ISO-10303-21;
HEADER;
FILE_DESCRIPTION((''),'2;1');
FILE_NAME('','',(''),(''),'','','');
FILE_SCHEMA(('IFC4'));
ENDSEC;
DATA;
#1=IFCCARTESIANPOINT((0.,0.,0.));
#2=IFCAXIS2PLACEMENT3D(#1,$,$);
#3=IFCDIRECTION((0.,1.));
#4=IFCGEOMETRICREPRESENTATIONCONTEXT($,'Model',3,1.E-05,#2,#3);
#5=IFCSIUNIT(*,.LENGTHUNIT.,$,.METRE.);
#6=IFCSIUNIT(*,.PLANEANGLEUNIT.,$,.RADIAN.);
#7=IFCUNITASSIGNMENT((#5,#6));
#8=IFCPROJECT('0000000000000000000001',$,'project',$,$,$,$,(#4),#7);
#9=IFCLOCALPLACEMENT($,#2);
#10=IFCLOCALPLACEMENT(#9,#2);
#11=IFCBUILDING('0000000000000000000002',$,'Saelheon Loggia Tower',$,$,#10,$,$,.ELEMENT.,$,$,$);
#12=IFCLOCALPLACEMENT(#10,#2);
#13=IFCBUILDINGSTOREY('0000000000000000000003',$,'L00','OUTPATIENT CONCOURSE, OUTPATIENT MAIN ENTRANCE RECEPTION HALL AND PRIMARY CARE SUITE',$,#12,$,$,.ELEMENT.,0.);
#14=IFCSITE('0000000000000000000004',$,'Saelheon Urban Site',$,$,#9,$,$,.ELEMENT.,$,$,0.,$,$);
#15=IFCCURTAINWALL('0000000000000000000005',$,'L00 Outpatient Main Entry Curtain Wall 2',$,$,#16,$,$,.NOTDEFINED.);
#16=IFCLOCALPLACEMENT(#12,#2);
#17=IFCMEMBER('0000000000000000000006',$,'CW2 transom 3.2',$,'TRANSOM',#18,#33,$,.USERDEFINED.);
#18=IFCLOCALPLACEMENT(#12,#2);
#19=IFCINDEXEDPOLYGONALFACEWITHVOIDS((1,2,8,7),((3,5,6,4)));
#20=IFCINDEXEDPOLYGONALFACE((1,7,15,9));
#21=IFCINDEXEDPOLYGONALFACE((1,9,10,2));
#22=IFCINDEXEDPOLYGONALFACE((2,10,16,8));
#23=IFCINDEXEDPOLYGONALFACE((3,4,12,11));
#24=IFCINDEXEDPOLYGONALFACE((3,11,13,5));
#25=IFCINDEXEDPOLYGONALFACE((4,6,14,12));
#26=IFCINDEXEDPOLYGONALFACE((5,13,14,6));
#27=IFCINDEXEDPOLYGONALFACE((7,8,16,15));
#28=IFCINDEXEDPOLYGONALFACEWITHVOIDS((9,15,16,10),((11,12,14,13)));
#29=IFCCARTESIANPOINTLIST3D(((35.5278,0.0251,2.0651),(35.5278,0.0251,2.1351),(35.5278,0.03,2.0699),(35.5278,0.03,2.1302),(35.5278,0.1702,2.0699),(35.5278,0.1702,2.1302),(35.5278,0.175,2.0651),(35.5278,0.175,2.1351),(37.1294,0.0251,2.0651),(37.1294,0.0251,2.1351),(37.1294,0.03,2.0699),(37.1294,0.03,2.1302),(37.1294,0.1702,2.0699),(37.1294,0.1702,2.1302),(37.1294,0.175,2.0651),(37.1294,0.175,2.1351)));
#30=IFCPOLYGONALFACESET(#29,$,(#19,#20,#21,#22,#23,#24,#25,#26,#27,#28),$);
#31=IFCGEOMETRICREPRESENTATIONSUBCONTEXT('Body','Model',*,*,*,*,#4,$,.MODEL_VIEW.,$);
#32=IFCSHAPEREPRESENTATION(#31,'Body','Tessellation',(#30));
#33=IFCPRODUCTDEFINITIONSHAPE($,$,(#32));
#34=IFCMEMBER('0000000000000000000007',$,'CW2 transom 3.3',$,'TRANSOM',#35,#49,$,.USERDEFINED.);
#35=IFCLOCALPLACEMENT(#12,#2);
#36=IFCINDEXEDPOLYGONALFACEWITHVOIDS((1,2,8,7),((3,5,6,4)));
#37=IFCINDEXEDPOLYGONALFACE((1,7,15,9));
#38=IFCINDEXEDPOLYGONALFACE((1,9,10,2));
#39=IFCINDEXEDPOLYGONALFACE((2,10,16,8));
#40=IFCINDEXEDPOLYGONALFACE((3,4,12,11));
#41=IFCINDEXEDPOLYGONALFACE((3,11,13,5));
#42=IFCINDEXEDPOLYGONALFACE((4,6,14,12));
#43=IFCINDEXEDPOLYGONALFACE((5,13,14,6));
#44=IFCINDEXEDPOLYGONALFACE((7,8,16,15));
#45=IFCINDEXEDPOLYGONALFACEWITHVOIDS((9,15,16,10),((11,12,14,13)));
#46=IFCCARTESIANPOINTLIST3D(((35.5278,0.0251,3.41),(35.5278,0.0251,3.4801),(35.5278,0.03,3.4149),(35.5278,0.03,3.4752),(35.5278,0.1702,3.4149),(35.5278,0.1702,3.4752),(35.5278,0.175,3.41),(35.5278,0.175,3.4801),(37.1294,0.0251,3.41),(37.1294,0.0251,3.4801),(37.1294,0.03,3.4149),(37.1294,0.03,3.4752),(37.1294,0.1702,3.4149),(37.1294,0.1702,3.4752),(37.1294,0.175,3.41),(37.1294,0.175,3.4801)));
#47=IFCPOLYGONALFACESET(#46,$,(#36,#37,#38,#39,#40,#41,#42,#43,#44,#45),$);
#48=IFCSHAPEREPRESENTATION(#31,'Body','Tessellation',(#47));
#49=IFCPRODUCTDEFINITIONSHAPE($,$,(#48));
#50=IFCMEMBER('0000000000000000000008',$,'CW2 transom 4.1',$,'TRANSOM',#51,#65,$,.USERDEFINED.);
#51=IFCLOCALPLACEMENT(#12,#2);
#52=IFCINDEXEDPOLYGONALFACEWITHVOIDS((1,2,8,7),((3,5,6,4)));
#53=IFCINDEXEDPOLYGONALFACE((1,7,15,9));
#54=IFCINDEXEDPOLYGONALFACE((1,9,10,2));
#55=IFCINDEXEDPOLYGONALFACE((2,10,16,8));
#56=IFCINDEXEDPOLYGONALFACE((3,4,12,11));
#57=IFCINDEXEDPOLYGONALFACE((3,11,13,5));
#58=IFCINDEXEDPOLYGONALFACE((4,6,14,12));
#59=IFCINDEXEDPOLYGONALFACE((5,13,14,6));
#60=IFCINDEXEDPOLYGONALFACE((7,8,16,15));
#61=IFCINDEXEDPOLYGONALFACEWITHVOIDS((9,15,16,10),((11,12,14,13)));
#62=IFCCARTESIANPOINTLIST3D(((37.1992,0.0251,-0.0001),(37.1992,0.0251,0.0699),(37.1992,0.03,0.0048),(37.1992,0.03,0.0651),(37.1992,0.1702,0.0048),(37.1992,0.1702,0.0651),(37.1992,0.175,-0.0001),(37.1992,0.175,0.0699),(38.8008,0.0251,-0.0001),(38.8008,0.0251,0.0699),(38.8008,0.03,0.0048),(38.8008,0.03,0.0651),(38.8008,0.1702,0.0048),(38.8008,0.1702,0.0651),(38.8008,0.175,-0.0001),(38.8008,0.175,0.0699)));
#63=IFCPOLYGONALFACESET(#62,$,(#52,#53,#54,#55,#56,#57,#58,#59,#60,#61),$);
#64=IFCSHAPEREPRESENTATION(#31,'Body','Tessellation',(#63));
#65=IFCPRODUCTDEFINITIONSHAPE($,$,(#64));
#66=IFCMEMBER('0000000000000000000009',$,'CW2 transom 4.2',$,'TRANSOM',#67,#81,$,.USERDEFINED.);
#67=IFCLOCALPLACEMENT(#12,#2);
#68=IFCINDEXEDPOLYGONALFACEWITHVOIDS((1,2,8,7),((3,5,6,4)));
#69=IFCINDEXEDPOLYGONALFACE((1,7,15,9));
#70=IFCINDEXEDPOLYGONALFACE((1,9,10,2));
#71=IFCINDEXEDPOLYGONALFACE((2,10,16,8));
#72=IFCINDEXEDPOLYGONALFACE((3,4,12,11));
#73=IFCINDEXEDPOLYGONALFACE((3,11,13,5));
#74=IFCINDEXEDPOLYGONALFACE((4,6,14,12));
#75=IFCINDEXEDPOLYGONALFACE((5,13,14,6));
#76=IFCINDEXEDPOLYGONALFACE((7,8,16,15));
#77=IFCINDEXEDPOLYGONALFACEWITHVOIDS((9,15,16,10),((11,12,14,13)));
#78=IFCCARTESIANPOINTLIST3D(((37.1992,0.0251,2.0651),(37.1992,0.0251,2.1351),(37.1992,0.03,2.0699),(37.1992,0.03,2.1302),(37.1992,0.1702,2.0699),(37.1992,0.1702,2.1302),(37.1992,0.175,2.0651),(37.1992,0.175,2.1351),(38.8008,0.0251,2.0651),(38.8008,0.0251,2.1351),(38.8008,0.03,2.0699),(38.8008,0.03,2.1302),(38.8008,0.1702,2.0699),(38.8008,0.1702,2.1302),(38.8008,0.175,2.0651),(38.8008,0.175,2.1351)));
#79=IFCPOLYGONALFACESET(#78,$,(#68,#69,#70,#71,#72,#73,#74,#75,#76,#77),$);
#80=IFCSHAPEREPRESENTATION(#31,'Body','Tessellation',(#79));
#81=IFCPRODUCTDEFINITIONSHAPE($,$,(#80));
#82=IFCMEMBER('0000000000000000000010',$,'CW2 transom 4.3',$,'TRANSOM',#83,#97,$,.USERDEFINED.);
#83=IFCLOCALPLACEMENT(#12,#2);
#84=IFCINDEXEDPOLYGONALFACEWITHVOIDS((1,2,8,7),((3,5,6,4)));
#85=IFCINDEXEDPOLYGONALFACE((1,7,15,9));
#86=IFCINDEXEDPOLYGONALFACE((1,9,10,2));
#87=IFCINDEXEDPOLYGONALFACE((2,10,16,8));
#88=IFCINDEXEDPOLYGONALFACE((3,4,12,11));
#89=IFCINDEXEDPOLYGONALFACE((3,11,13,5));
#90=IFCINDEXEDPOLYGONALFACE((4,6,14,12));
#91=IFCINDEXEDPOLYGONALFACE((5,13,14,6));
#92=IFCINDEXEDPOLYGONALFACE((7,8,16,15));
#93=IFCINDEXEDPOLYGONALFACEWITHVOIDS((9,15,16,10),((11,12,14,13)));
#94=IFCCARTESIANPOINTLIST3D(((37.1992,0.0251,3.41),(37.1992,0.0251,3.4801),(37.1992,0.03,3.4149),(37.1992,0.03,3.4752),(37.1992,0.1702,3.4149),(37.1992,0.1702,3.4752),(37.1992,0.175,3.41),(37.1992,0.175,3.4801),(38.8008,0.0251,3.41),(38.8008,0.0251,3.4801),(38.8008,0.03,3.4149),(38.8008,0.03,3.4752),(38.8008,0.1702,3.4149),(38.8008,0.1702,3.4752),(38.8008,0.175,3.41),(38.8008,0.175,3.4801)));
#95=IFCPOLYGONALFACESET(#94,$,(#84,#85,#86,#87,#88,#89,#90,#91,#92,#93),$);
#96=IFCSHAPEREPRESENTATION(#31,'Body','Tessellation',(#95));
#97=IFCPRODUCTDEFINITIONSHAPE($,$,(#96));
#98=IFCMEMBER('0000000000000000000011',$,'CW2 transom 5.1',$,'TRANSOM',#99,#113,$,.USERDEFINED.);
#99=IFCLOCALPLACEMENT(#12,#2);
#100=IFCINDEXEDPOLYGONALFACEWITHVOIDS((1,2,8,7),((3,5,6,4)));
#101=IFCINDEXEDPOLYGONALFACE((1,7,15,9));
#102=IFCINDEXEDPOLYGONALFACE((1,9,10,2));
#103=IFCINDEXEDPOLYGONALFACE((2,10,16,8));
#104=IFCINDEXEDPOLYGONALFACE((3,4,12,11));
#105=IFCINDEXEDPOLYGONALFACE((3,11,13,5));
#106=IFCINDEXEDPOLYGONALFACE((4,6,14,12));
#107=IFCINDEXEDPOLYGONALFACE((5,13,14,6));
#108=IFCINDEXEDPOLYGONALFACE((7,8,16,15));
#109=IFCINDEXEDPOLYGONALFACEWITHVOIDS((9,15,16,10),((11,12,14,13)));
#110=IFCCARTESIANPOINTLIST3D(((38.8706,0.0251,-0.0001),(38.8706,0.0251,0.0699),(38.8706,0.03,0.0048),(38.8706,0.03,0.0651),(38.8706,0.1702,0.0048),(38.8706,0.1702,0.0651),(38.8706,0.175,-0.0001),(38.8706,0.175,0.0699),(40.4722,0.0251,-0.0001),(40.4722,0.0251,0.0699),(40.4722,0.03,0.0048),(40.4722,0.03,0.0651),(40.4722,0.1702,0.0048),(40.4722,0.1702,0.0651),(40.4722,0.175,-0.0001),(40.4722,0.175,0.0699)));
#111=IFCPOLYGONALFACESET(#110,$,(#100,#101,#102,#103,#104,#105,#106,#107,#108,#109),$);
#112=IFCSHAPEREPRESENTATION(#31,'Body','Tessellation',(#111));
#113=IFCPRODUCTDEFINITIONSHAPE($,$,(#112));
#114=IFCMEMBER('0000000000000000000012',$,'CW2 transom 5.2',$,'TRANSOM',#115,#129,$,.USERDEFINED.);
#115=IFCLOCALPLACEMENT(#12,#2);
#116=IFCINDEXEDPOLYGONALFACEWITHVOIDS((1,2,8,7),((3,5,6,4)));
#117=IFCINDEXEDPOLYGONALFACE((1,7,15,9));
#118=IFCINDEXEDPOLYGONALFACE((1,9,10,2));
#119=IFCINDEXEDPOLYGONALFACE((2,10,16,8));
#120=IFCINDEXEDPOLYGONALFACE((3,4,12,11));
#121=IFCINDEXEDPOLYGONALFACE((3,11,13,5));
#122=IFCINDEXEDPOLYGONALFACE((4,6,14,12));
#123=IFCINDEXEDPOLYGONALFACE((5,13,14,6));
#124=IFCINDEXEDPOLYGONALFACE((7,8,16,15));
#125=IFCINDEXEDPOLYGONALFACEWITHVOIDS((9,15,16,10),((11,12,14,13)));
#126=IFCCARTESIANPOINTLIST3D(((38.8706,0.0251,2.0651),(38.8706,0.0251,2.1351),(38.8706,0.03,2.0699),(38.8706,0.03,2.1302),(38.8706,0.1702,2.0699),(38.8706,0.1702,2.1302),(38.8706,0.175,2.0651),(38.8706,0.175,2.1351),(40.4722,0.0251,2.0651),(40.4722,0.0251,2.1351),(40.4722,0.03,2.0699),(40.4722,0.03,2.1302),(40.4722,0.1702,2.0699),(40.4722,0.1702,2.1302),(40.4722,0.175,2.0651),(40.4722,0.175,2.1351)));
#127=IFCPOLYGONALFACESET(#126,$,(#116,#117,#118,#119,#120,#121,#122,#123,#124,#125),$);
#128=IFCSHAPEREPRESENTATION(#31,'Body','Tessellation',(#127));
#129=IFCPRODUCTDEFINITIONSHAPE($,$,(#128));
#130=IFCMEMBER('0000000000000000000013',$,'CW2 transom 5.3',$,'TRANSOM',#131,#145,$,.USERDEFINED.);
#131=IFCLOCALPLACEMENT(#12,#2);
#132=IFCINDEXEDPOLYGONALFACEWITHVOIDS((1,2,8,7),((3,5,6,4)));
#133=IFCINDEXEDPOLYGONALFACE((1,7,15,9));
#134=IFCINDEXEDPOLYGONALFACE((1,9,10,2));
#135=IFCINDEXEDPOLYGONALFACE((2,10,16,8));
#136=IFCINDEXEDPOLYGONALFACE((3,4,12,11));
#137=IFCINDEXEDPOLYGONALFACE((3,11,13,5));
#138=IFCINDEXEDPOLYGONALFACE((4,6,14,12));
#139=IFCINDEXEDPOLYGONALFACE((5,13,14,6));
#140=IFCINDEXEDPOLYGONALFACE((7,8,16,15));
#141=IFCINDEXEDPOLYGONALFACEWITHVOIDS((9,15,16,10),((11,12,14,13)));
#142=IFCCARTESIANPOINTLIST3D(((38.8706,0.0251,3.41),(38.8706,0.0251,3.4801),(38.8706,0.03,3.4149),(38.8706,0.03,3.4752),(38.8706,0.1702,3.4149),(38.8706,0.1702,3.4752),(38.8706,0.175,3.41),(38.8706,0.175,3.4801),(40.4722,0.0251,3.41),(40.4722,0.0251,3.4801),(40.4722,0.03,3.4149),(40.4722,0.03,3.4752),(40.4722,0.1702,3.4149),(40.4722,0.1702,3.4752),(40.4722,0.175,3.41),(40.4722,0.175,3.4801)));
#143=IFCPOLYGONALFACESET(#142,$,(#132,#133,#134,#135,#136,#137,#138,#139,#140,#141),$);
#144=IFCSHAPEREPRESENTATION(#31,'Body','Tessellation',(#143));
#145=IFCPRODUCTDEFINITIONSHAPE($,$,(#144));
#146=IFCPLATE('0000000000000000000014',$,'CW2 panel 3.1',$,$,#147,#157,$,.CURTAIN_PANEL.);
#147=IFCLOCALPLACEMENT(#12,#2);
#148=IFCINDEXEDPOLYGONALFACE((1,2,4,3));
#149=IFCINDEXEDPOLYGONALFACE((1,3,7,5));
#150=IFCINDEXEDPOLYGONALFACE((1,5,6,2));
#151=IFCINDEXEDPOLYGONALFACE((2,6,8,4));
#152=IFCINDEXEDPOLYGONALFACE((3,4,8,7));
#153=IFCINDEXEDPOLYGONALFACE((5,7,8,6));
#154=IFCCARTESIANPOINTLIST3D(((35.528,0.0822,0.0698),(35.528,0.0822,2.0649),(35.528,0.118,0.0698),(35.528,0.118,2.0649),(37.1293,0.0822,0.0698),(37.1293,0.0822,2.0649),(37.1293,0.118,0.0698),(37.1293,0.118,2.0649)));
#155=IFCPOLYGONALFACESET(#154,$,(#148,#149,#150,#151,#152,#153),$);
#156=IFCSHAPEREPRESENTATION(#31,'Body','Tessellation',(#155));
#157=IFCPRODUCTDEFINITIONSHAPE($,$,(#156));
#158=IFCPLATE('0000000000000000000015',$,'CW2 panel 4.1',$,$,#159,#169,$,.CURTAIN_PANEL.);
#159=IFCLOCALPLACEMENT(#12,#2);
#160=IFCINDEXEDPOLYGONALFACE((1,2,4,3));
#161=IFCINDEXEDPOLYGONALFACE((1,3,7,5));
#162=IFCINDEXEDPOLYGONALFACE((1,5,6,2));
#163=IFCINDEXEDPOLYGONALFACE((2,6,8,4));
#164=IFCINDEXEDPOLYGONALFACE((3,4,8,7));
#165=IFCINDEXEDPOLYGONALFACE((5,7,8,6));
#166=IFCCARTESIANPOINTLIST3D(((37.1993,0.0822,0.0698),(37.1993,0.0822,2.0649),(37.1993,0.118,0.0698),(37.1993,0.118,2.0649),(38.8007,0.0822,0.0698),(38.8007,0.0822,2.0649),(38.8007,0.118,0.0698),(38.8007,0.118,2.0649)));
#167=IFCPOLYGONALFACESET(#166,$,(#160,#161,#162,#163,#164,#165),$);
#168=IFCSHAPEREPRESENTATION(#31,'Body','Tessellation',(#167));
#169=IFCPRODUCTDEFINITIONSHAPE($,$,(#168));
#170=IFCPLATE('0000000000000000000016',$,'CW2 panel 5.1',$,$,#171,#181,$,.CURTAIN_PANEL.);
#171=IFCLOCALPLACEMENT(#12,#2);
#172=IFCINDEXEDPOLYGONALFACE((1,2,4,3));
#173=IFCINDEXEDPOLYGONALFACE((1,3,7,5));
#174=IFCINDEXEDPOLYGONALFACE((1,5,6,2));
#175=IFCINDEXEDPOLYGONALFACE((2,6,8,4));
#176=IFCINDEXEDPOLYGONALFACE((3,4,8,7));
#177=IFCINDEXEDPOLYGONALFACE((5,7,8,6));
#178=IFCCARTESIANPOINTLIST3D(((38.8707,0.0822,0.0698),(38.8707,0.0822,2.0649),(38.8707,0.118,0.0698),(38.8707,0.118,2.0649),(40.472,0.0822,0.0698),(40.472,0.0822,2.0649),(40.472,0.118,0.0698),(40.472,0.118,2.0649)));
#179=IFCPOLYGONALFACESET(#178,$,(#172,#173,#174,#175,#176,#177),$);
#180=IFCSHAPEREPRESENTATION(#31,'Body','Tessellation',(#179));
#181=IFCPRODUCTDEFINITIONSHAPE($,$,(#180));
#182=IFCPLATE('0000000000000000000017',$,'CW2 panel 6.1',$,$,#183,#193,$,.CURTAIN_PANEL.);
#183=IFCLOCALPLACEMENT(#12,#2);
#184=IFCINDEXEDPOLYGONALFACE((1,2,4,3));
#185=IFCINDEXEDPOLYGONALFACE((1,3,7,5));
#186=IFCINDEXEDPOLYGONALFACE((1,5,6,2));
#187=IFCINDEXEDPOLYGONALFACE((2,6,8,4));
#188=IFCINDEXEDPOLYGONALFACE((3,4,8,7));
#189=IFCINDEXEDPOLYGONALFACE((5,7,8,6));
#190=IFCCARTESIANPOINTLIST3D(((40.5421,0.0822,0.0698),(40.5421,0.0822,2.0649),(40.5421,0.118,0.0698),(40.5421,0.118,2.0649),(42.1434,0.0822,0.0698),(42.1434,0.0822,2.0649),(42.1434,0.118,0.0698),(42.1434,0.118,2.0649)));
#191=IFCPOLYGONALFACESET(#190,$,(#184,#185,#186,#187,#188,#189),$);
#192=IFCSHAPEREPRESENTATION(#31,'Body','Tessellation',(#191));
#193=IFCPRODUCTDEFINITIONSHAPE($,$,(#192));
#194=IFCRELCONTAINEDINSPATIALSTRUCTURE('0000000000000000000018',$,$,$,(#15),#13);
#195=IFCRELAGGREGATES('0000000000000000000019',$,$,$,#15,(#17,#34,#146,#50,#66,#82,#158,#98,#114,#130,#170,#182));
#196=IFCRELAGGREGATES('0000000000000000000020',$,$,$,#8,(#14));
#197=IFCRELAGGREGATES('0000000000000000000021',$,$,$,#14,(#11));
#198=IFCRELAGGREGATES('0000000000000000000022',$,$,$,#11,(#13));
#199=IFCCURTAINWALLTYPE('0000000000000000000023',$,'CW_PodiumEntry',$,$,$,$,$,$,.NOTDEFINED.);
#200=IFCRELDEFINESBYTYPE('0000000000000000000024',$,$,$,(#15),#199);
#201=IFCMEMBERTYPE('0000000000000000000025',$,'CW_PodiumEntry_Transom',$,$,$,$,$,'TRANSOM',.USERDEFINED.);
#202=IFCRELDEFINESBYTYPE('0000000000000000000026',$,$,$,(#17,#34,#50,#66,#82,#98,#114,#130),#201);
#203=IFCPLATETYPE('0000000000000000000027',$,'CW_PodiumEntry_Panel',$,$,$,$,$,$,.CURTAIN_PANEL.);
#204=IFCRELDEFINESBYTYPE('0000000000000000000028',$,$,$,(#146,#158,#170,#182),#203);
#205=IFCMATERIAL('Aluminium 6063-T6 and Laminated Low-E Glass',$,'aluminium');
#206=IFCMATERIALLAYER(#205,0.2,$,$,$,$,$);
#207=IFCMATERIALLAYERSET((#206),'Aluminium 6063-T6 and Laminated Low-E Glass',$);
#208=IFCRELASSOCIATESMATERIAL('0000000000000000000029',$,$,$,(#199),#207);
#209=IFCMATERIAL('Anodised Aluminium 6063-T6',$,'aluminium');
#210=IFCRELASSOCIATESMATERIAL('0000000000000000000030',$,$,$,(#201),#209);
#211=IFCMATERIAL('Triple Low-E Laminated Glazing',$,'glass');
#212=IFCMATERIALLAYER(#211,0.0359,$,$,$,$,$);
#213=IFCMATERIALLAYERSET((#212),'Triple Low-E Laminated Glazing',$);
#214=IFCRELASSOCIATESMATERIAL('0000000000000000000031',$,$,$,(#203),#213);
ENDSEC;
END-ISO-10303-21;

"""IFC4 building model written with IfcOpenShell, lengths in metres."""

from ifc_helpers import new_model, si_unit, direction, frame, origin, origin_2d, place, context, subcontext, project, spatial, rectangle, hollow_rectangle, extrude, source, transform, mapped, material, layer, layer_set, material_profile, profile_set, type_object, element, aggregate, save


model = new_model("IFC4")

# Units and contexts
model_context = context("Model", 3, precision=1e-05, world=origin(), true_north=direction((0.0, 1.0)))
body_context = subcontext(model_context, "Body", "Model", "MODEL_VIEW")
ifc_project = project(units=[si_unit("LENGTHUNIT", "METRE"), si_unit("PLANEANGLEUNIT", "RADIAN")], contexts=[model_context])

# Site, building, storey
site_placement = place(None, origin())
site = spatial("IfcSite", under=ifc_project, at=site_placement, Name="Saelheon Urban Site", CompositionType="ELEMENT", RefElevation=0.0)
building_placement = place(site_placement, origin())
building = spatial("IfcBuilding", under=site, at=building_placement, Name="Saelheon Loggia Tower", CompositionType="ELEMENT")
storey_placement = place(building_placement, origin())
storey = spatial("IfcBuildingStorey", under=building, at=storey_placement, Name="L00", Description="OUTPATIENT CONCOURSE, OUTPATIENT MAIN ENTRANCE RECEPTION HALL AND PRIMARY CARE SUITE", CompositionType="ELEMENT", Elevation=0.0)

# Curtain wall, members, plates
ifc_material_1 = material(Name="Aluminium 6063-T6 and Laminated Low-E Glass", Category="aluminium")
ifc_layer_1 = layer(ifc_material_1, 0.2)
ifc_layer_set_1 = layer_set([ifc_layer_1], Name="Aluminium 6063-T6 and Laminated Low-E Glass")
curtain_wall_type = type_object("IfcCurtainWallType", Name="CW_PodiumEntry", PredefinedType="NOTDEFINED", material=ifc_layer_set_1)
curtain_wall_placement = place(storey_placement, origin())
curtain_wall = element("IfcCurtainWall", 1, at=curtain_wall_placement, inside=storey, type_object=curtain_wall_type, Name="L00 Outpatient Main Entry Curtain Wall 2", PredefinedType="NOTDEFINED")
ifc_material_2 = material(Name="Anodised Aluminium 6063-T6", Category="aluminium")
ifc_material_profile_1 = material_profile(ifc_material_2, hollow_rectangle(XDim=0.0701, YDim=0.1499, WallThickness=0.0049, at=origin_2d()), Name="RHS-150x70x5")
ifc_profile_set_1 = profile_set([ifc_material_profile_1], Name="Anodised Aluminium 6063-T6")
member_type_1 = type_object("IfcMemberType", Name="CW_PodiumEntry_Transom", ElementType="TRANSOM", PredefinedType="USERDEFINED", material=ifc_profile_set_1)
shared_shape_1 = source(origin(), body_context, "Body", "SweptSolid", [
    extrude(hollow_rectangle(XDim=0.0701, YDim=0.1499, WallThickness=0.0049, at=origin_2d()), origin(), (0.0, 0.0, 1.0), 1.6016),
])
member_1_placement = place(storey_placement, frame((35.5278, 0.1001, 2.1001), z_axis=(1.0, 0.0, 0.0), x_axis=(0.0, 0.0, 1.0)))
member_1 = element("IfcMember", 2, at=member_1_placement, type_object=member_type_1, Name="CW2 transom 3.2", ObjectType="TRANSOM", PredefinedType="USERDEFINED", context=body_context, shape_type="MappedRepresentation", body=[
    mapped(shared_shape_1, transform((0.0, 0.0, 0.0), scale=1.0)),
])
member_2_placement = place(storey_placement, frame((35.5278, 0.1001, 3.4451), z_axis=(1.0, 0.0, 0.0), x_axis=(0.0, 0.0, 1.0)))
member_2 = element("IfcMember", 3, at=member_2_placement, type_object=member_type_1, Name="CW2 transom 3.3", ObjectType="TRANSOM", PredefinedType="USERDEFINED", context=body_context, shape_type="MappedRepresentation", body=[
    mapped(shared_shape_1, transform((0.0, 0.0, 0.0), scale=1.0)),
])
member_3_placement = place(storey_placement, frame((37.1992, 0.1001, 0.0349), z_axis=(1.0, 0.0, 0.0), x_axis=(0.0, 0.0, 1.0)))
member_3 = element("IfcMember", 4, at=member_3_placement, type_object=member_type_1, Name="CW2 transom 4.1", ObjectType="TRANSOM", PredefinedType="USERDEFINED", context=body_context, shape_type="MappedRepresentation", body=[
    mapped(shared_shape_1, transform((0.0, 0.0, 0.0), scale=1.0)),
])
member_4_placement = place(storey_placement, frame((37.1992, 0.1001, 2.1001), z_axis=(1.0, 0.0, 0.0), x_axis=(0.0, 0.0, 1.0)))
member_4 = element("IfcMember", 5, at=member_4_placement, type_object=member_type_1, Name="CW2 transom 4.2", ObjectType="TRANSOM", PredefinedType="USERDEFINED", context=body_context, shape_type="MappedRepresentation", body=[
    mapped(shared_shape_1, transform((0.0, 0.0, 0.0), scale=1.0)),
])
member_5_placement = place(storey_placement, frame((37.1992, 0.1001, 3.4451), z_axis=(1.0, 0.0, 0.0), x_axis=(0.0, 0.0, 1.0)))
member_5 = element("IfcMember", 6, at=member_5_placement, type_object=member_type_1, Name="CW2 transom 4.3", ObjectType="TRANSOM", PredefinedType="USERDEFINED", context=body_context, shape_type="MappedRepresentation", body=[
    mapped(shared_shape_1, transform((0.0, 0.0, 0.0), scale=1.0)),
])
member_6_placement = place(storey_placement, frame((38.8706, 0.1001, 0.0349), z_axis=(1.0, 0.0, 0.0), x_axis=(0.0, 0.0, 1.0)))
member_6 = element("IfcMember", 7, at=member_6_placement, type_object=member_type_1, Name="CW2 transom 5.1", ObjectType="TRANSOM", PredefinedType="USERDEFINED", context=body_context, shape_type="MappedRepresentation", body=[
    mapped(shared_shape_1, transform((0.0, 0.0, 0.0), scale=1.0)),
])
member_7_placement = place(storey_placement, frame((38.8706, 0.1001, 2.1001), z_axis=(1.0, 0.0, 0.0), x_axis=(0.0, 0.0, 1.0)))
member_7 = element("IfcMember", 8, at=member_7_placement, type_object=member_type_1, Name="CW2 transom 5.2", ObjectType="TRANSOM", PredefinedType="USERDEFINED", context=body_context, shape_type="MappedRepresentation", body=[
    mapped(shared_shape_1, transform((0.0, 0.0, 0.0), scale=1.0)),
])
member_8_placement = place(storey_placement, frame((38.8706, 0.1001, 3.4451), z_axis=(1.0, 0.0, 0.0), x_axis=(0.0, 0.0, 1.0)))
member_8 = element("IfcMember", 9, at=member_8_placement, type_object=member_type_1, Name="CW2 transom 5.3", ObjectType="TRANSOM", PredefinedType="USERDEFINED", context=body_context, shape_type="MappedRepresentation", body=[
    mapped(shared_shape_1, transform((0.0, 0.0, 0.0), scale=1.0)),
])
ifc_material_3 = material(Name="Triple Low-E Laminated Glazing", Category="glass")
ifc_layer_2 = layer(ifc_material_3, 0.0359)
ifc_layer_set_2 = layer_set([ifc_layer_2], Name="Triple Low-E Laminated Glazing")
plate_type = type_object("IfcPlateType", Name="CW_PodiumEntry_Panel", PredefinedType="CURTAIN_PANEL", material=ifc_layer_set_2)
shared_shape_2 = source(origin(), body_context, "Body", "SweptSolid", [
    extrude(rectangle(XDim=1.6013, YDim=0.0359, at=origin_2d()), origin(), (0.0, 0.0, 1.0), 1.9951),
])
plate_1_placement = place(storey_placement, frame((36.3286, 0.1001, 0.0698), z_axis=(0.0, 0.0, 1.0), x_axis=(1.0, 0.0, 0.0)))
plate_1 = element("IfcPlate", 10, at=plate_1_placement, type_object=plate_type, Name="CW2 panel 3.1", PredefinedType="CURTAIN_PANEL", context=body_context, shape_type="MappedRepresentation", body=[
    mapped(shared_shape_2, transform((0.0, 0.0, 0.0), scale=1.0)),
])
plate_2_placement = place(storey_placement, frame((38.0, 0.1001, 0.0698), z_axis=(0.0, 0.0, 1.0), x_axis=(1.0, 0.0, 0.0)))
plate_2 = element("IfcPlate", 11, at=plate_2_placement, type_object=plate_type, Name="CW2 panel 4.1", PredefinedType="CURTAIN_PANEL", context=body_context, shape_type="MappedRepresentation", body=[
    mapped(shared_shape_2, transform((0.0, 0.0, 0.0), scale=1.0)),
])
plate_3_placement = place(storey_placement, frame((39.6714, 0.1001, 0.0698), z_axis=(0.0, 0.0, 1.0), x_axis=(1.0, 0.0, 0.0)))
plate_3 = element("IfcPlate", 12, at=plate_3_placement, type_object=plate_type, Name="CW2 panel 5.1", PredefinedType="CURTAIN_PANEL", context=body_context, shape_type="MappedRepresentation", body=[
    mapped(shared_shape_2, transform((0.0, 0.0, 0.0), scale=1.0)),
])
plate_4_placement = place(storey_placement, frame((41.3428, 0.1001, 0.0698), z_axis=(0.0, 0.0, 1.0), x_axis=(1.0, 0.0, 0.0)))
plate_4 = element("IfcPlate", 13, at=plate_4_placement, type_object=plate_type, Name="CW2 panel 6.1", PredefinedType="CURTAIN_PANEL", context=body_context, shape_type="MappedRepresentation", body=[
    mapped(shared_shape_2, transform((0.0, 0.0, 0.0), scale=1.0)),
])
aggregate(curtain_wall, [member_1, member_2, plate_1, member_3, member_4, member_5, plate_2, member_6, member_7, member_8, plate_3, plate_4])

save(model, "model.ifc")
